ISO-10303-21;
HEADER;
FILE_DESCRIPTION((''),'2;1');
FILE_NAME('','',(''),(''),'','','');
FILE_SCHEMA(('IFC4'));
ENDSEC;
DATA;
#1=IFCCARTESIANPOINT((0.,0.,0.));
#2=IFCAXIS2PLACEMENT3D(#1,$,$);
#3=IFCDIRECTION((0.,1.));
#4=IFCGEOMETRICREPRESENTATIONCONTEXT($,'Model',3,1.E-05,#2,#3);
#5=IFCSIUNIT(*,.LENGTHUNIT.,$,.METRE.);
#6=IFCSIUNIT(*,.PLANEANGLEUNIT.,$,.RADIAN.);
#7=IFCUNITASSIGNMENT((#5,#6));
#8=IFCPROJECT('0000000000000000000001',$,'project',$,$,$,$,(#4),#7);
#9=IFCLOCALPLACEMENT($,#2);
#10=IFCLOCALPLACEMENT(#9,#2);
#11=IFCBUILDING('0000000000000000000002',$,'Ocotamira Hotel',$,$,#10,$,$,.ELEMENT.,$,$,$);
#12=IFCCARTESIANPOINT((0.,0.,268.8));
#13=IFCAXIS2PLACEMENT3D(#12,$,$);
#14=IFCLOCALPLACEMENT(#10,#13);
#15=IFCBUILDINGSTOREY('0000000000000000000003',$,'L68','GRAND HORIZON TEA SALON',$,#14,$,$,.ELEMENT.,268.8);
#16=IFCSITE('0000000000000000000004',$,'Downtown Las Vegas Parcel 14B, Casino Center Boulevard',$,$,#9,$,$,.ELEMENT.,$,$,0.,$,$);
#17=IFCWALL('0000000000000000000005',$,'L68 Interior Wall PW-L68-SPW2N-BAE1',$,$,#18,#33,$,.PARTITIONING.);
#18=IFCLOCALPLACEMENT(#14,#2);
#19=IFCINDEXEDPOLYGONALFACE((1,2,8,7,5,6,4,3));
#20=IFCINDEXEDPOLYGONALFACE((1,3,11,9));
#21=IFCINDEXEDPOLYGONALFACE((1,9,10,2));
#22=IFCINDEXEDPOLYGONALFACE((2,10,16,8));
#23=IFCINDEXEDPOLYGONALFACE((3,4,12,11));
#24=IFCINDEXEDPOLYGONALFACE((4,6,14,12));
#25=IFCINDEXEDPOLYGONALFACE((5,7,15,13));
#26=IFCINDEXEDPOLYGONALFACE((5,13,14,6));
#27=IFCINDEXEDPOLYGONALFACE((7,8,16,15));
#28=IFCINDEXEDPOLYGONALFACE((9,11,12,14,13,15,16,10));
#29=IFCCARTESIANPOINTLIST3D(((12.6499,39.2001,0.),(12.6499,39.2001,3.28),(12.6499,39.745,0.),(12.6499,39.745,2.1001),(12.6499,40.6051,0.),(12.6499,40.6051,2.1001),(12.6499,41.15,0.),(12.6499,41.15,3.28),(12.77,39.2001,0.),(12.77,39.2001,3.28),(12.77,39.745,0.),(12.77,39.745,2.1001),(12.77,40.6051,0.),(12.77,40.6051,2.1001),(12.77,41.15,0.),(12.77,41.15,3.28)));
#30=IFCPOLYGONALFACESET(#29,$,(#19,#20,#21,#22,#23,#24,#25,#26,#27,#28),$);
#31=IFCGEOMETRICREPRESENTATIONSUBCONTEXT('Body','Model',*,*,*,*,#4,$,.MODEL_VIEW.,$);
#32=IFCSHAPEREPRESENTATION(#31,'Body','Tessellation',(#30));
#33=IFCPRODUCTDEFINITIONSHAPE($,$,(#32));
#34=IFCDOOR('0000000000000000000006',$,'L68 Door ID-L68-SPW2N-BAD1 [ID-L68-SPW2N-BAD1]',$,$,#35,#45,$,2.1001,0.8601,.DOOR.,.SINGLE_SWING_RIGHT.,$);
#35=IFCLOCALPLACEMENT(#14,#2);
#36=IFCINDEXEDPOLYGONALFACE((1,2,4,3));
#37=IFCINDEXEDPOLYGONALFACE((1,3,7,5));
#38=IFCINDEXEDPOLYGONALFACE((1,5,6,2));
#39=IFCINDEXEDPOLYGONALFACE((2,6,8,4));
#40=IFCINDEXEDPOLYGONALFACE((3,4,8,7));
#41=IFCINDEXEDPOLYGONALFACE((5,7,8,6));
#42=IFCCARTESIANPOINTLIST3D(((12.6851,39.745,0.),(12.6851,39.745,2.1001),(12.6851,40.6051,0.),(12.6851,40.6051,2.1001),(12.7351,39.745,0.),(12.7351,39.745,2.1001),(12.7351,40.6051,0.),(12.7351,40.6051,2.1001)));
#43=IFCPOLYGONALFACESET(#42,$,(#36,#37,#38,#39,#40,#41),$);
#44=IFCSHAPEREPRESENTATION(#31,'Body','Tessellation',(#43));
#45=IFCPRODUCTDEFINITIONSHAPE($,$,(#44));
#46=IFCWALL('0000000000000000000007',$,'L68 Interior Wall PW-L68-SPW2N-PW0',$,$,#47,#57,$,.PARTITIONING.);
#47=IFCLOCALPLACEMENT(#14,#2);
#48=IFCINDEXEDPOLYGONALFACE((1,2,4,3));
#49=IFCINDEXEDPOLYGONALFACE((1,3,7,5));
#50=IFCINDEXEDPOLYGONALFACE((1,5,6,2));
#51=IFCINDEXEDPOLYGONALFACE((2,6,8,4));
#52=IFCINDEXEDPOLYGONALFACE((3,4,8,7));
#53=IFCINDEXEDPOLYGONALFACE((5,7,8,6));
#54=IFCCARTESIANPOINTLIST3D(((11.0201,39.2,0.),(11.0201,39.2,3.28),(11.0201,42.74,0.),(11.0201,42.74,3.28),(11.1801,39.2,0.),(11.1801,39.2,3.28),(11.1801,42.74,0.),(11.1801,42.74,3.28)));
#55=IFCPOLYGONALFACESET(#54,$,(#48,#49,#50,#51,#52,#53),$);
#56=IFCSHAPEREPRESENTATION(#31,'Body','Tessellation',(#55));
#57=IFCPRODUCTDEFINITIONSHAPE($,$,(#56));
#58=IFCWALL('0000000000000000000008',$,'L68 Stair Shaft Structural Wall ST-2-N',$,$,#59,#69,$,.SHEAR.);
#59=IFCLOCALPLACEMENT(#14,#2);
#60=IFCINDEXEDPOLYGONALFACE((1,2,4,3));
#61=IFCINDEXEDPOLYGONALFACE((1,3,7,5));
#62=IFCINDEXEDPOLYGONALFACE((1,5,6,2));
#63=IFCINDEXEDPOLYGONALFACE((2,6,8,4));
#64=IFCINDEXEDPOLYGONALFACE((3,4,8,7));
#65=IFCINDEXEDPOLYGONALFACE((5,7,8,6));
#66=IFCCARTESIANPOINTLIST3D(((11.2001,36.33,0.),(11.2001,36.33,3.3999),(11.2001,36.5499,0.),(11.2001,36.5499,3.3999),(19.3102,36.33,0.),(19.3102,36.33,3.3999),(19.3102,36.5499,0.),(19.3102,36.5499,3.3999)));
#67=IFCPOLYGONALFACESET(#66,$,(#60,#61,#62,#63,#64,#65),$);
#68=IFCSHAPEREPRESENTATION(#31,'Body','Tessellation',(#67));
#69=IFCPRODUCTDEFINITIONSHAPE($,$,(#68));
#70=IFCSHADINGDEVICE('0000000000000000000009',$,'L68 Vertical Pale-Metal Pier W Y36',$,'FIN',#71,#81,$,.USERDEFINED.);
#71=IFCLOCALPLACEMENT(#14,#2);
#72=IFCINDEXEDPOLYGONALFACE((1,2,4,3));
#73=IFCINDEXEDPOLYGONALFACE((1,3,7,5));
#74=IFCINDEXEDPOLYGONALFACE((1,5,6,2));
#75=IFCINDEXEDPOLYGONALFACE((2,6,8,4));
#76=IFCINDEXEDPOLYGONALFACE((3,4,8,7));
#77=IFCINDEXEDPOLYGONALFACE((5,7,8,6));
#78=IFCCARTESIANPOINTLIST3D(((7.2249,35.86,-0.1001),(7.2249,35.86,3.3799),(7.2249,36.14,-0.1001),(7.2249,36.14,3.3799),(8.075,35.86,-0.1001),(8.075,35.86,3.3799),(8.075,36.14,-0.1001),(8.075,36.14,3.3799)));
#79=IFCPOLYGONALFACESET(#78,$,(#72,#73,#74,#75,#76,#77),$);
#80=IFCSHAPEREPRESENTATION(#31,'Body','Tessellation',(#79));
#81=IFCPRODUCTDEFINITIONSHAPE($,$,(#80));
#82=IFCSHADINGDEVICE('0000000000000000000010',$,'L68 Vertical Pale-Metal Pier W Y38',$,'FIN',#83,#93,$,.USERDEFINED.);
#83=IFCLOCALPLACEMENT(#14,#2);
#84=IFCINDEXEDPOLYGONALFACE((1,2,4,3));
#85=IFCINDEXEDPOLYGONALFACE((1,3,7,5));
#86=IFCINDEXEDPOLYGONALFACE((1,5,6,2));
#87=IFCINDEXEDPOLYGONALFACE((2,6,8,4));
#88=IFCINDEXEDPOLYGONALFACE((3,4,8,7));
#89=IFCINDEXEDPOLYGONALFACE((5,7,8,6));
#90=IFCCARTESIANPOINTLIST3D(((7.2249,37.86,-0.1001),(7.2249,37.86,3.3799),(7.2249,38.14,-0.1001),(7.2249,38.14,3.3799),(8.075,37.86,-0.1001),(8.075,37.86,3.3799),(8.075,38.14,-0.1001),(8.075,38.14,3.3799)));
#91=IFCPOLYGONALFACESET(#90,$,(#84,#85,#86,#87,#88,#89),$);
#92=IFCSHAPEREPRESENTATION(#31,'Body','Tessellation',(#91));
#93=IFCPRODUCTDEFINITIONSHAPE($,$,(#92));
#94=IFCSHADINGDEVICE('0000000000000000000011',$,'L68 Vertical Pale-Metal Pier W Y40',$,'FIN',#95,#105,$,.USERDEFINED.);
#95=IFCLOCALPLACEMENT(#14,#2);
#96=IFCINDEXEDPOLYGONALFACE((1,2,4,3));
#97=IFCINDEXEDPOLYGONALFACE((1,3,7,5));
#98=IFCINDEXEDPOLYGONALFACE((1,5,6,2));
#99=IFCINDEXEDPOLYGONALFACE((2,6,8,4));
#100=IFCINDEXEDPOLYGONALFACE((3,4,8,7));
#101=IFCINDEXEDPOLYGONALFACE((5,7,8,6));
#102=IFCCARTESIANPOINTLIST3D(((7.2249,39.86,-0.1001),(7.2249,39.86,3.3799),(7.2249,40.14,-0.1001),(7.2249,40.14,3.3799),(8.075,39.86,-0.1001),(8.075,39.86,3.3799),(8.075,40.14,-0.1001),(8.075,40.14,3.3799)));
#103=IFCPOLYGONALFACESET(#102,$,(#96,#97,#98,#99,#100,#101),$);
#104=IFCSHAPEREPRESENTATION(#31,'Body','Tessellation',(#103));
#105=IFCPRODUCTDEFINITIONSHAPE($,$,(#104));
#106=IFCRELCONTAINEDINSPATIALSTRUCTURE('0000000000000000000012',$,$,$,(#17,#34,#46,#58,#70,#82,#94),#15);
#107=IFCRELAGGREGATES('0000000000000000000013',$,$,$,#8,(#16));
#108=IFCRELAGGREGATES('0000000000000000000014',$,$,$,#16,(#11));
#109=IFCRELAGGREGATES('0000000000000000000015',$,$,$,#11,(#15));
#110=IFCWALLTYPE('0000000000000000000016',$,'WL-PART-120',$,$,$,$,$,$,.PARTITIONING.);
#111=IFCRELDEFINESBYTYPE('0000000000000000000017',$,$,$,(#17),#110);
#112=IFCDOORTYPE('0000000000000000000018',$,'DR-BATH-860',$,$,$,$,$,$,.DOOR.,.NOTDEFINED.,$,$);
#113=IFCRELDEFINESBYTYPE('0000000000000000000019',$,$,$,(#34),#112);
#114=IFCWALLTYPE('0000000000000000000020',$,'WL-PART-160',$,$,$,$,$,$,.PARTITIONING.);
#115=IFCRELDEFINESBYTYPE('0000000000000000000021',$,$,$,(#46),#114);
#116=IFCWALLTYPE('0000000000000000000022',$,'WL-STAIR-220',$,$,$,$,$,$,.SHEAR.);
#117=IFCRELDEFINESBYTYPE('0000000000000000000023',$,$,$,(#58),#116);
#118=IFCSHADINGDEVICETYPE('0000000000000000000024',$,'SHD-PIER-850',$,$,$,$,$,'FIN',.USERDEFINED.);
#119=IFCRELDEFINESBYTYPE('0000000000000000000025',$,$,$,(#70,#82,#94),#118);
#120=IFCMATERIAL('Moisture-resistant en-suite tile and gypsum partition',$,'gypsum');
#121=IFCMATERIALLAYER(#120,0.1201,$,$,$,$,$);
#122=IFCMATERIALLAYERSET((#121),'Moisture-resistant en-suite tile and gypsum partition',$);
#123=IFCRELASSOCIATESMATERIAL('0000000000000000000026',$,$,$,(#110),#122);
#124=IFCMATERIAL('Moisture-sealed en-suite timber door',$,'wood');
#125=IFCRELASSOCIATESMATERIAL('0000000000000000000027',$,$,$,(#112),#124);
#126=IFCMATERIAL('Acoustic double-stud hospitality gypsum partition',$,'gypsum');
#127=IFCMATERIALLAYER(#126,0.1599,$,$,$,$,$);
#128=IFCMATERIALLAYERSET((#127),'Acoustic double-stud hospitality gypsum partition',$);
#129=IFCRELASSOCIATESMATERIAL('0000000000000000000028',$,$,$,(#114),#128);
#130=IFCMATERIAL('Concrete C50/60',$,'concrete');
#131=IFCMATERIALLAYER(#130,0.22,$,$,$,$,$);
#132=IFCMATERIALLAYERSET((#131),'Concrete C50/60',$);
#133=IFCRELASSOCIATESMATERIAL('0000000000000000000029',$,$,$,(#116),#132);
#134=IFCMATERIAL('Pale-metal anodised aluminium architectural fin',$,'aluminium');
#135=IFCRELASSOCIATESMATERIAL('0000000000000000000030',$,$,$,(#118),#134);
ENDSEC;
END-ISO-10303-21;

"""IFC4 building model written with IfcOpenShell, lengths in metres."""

from ifc_helpers import new_model, si_unit, direction, frame, frame_2d, origin, origin_2d, place, context, subcontext, project, spatial, rectangle, extrude, source, transform, mapped, material, layer, layer_set, type_object, element, fill, save


model = new_model("IFC4")

# Units and contexts
model_context = context("Model", 3, precision=1e-05, world=origin(), true_north=direction((0.0, 1.0)))
body_context = subcontext(model_context, "Body", "Model", "MODEL_VIEW")
ifc_project = project(units=[si_unit("LENGTHUNIT", "METRE"), si_unit("PLANEANGLEUNIT", "RADIAN")], contexts=[model_context])

# Site, building, storey
site_placement = place(None, origin())
site = spatial("IfcSite", under=ifc_project, at=site_placement, Name="Downtown Las Vegas Parcel 14B, Casino Center Boulevard", CompositionType="ELEMENT", RefElevation=0.0)
building_placement = place(site_placement, origin())
building = spatial("IfcBuilding", under=site, at=building_placement, Name="Ocotamira Hotel", CompositionType="ELEMENT")
storey_placement = place(building_placement, frame((0.0, 0.0, 268.8)))
storey = spatial("IfcBuildingStorey", under=building, at=storey_placement, Name="L68", Description="GRAND HORIZON TEA SALON", CompositionType="ELEMENT", Elevation=268.8)

# Shared definitions
ifc_material_1 = material(Name="Concrete C50/60", Category="concrete")

# Wall, opening, door
ifc_material_2 = material(Name="Moisture-resistant en-suite tile and gypsum partition", Category="gypsum")
ifc_layer_1 = layer(ifc_material_2, 0.1201)
ifc_layer_set_1 = layer_set([ifc_layer_1], Name="Moisture-resistant en-suite tile and gypsum partition")
wall_type_1 = type_object("IfcWallType", Name="WL-PART-120", PredefinedType="PARTITIONING", material=ifc_layer_set_1)
wall_1_placement = place(storey_placement, frame((12.71, 39.2, 0.0), z_axis=(0.0, 0.0, 1.0), x_axis=(0.0, 1.0, 0.0)))
wall_1 = element("IfcWall", 1, at=wall_1_placement, inside=storey, type_object=wall_type_1, Name="L68 Interior Wall PW-L68-SPW2N-BAE1", PredefinedType="PARTITIONING", context=body_context, shape_type="SweptSolid", body=[
    extrude(rectangle(XDim=1.95, YDim=0.1201, at=frame_2d((0.9751, 0.0))), origin(), (0.0, 0.0, 1.0), 3.28),
])
opening_1_placement = place(wall_1_placement, frame((0.5449, 0.0, 0.0)))
opening_1 = element("IfcOpeningElement", 2, at=opening_1_placement, cuts=wall_1, PredefinedType="OPENING", context=body_context, shape_type="SweptSolid", body=[
    extrude(rectangle(XDim=0.8601, YDim=2.1001, at=frame_2d((0.4302, 1.05))), frame((0.0, 0.0701, 0.0), z_axis=(0.0, -1.0, 0.0), x_axis=(1.0, 0.0, 0.0)), (0.0, 0.0, 1.0), 0.1401),
])
ifc_material_3 = material(Name="Moisture-sealed en-suite timber door", Category="wood")
door_type_1 = type_object("IfcDoorType", Name="DR-BATH-860", OperationType="NOTDEFINED", PredefinedType="DOOR", material=ifc_material_3)
shared_shape_1 = source(origin(), body_context, "Body", "SweptSolid", [
    extrude(rectangle(XDim=0.8601, YDim=2.1001, at=frame_2d((0.4302, 1.05))), frame((0.0, 0.0249, 0.0), z_axis=(0.0, -1.0, 0.0), x_axis=(1.0, 0.0, 0.0)), (0.0, 0.0, 1.0), 0.05),
])
door_1_placement = place(opening_1_placement, origin())
door_1 = element("IfcDoor", 3, at=door_1_placement, inside=storey, type_object=door_type_1, Name="L68 Door ID-L68-SPW2N-BAD1 [ID-L68-SPW2N-BAD1]", OperationType="SINGLE_SWING_RIGHT", OverallHeight=2.1001, OverallWidth=0.8601, PredefinedType="DOOR", context=body_context, shape_type="MappedRepresentation", body=[
    mapped(shared_shape_1, transform((0.0, 0.0, 0.0), scale=1.0)),
])
fill(opening_1, door_1)

# Walls
ifc_material_4 = material(Name="Acoustic double-stud hospitality gypsum partition", Category="gypsum")
ifc_layer_2 = layer(ifc_material_4, 0.1599)
ifc_layer_set_2 = layer_set([ifc_layer_2], Name="Acoustic double-stud hospitality gypsum partition")
wall_type_2 = type_object("IfcWallType", Name="WL-PART-160", PredefinedType="PARTITIONING", material=ifc_layer_set_2)
wall_2_placement = place(storey_placement, frame((11.1001, 39.2, 0.0), z_axis=(0.0, 0.0, 1.0), x_axis=(0.0, 1.0, 0.0)))
element("IfcWall", 4, at=wall_2_placement, inside=storey, type_object=wall_type_2, Name="L68 Interior Wall PW-L68-SPW2N-PW0", PredefinedType="PARTITIONING", context=body_context, shape_type="SweptSolid", body=[
    extrude(rectangle(XDim=3.54, YDim=0.1599, at=frame_2d((1.77, 0.0))), origin(), (0.0, 0.0, 1.0), 3.28),
])
ifc_layer_3 = layer(ifc_material_1, 0.22)
ifc_layer_set_3 = layer_set([ifc_layer_3], Name="Concrete C50/60")
wall_type_3 = type_object("IfcWallType", Name="WL-STAIR-220", PredefinedType="SHEAR", material=ifc_layer_set_3)
wall_3_placement = place(storey_placement, frame((11.2, 36.4399, 0.0), z_axis=(0.0, 0.0, 1.0), x_axis=(1.0, 0.0, 0.0)))
element("IfcWall", 5, at=wall_3_placement, inside=storey, type_object=wall_type_3, Name="L68 Stair Shaft Structural Wall ST-2-N", PredefinedType="SHEAR", context=body_context, shape_type="SweptSolid", body=[
    extrude(rectangle(XDim=8.1101, YDim=0.22, at=frame_2d((4.0552, 0.0))), origin(), (0.0, 0.0, 1.0), 3.3999),
])

# Shading devices
ifc_material_5 = material(Name="Pale-metal anodised aluminium architectural fin", Category="aluminium")
shading_device_type = type_object("IfcShadingDeviceType", Name="SHD-PIER-850", ElementType="FIN", PredefinedType="USERDEFINED", material=ifc_material_5)
shared_shape_2 = source(origin(), body_context, "Body", "SweptSolid", [
    extrude(rectangle(XDim=0.8501, YDim=0.28, at=origin_2d()), origin(), (0.0, 0.0, 1.0), 3.48),
])
for number, where, z_axis, x_axis, name in (
    (6, (7.6499, 36.0, -0.1001), (0.0, 0.0, 1.0), (1.0, 0.0, 0.0), "L68 Vertical Pale-Metal Pier W Y36"),
    (7, (7.6499, 38.0, -0.1001), (0.0, 0.0, 1.0), (1.0, 0.0, 0.0), "L68 Vertical Pale-Metal Pier W Y38"),
    (8, (7.6499, 40.0, -0.1001), (0.0, 0.0, 1.0), (1.0, 0.0, 0.0), "L68 Vertical Pale-Metal Pier W Y40"),
):
    element("IfcShadingDevice", number, at=place(storey_placement, frame(where, z_axis=z_axis, x_axis=x_axis)), inside=storey, type_object=shading_device_type, Name=name, ObjectType="FIN", PredefinedType="USERDEFINED", context=body_context, shape_type="MappedRepresentation", body=[
        mapped(shared_shape_2, transform((0.0, 0.0, 0.0), scale=1.0)),
    ])

save(model, "model.ifc")
